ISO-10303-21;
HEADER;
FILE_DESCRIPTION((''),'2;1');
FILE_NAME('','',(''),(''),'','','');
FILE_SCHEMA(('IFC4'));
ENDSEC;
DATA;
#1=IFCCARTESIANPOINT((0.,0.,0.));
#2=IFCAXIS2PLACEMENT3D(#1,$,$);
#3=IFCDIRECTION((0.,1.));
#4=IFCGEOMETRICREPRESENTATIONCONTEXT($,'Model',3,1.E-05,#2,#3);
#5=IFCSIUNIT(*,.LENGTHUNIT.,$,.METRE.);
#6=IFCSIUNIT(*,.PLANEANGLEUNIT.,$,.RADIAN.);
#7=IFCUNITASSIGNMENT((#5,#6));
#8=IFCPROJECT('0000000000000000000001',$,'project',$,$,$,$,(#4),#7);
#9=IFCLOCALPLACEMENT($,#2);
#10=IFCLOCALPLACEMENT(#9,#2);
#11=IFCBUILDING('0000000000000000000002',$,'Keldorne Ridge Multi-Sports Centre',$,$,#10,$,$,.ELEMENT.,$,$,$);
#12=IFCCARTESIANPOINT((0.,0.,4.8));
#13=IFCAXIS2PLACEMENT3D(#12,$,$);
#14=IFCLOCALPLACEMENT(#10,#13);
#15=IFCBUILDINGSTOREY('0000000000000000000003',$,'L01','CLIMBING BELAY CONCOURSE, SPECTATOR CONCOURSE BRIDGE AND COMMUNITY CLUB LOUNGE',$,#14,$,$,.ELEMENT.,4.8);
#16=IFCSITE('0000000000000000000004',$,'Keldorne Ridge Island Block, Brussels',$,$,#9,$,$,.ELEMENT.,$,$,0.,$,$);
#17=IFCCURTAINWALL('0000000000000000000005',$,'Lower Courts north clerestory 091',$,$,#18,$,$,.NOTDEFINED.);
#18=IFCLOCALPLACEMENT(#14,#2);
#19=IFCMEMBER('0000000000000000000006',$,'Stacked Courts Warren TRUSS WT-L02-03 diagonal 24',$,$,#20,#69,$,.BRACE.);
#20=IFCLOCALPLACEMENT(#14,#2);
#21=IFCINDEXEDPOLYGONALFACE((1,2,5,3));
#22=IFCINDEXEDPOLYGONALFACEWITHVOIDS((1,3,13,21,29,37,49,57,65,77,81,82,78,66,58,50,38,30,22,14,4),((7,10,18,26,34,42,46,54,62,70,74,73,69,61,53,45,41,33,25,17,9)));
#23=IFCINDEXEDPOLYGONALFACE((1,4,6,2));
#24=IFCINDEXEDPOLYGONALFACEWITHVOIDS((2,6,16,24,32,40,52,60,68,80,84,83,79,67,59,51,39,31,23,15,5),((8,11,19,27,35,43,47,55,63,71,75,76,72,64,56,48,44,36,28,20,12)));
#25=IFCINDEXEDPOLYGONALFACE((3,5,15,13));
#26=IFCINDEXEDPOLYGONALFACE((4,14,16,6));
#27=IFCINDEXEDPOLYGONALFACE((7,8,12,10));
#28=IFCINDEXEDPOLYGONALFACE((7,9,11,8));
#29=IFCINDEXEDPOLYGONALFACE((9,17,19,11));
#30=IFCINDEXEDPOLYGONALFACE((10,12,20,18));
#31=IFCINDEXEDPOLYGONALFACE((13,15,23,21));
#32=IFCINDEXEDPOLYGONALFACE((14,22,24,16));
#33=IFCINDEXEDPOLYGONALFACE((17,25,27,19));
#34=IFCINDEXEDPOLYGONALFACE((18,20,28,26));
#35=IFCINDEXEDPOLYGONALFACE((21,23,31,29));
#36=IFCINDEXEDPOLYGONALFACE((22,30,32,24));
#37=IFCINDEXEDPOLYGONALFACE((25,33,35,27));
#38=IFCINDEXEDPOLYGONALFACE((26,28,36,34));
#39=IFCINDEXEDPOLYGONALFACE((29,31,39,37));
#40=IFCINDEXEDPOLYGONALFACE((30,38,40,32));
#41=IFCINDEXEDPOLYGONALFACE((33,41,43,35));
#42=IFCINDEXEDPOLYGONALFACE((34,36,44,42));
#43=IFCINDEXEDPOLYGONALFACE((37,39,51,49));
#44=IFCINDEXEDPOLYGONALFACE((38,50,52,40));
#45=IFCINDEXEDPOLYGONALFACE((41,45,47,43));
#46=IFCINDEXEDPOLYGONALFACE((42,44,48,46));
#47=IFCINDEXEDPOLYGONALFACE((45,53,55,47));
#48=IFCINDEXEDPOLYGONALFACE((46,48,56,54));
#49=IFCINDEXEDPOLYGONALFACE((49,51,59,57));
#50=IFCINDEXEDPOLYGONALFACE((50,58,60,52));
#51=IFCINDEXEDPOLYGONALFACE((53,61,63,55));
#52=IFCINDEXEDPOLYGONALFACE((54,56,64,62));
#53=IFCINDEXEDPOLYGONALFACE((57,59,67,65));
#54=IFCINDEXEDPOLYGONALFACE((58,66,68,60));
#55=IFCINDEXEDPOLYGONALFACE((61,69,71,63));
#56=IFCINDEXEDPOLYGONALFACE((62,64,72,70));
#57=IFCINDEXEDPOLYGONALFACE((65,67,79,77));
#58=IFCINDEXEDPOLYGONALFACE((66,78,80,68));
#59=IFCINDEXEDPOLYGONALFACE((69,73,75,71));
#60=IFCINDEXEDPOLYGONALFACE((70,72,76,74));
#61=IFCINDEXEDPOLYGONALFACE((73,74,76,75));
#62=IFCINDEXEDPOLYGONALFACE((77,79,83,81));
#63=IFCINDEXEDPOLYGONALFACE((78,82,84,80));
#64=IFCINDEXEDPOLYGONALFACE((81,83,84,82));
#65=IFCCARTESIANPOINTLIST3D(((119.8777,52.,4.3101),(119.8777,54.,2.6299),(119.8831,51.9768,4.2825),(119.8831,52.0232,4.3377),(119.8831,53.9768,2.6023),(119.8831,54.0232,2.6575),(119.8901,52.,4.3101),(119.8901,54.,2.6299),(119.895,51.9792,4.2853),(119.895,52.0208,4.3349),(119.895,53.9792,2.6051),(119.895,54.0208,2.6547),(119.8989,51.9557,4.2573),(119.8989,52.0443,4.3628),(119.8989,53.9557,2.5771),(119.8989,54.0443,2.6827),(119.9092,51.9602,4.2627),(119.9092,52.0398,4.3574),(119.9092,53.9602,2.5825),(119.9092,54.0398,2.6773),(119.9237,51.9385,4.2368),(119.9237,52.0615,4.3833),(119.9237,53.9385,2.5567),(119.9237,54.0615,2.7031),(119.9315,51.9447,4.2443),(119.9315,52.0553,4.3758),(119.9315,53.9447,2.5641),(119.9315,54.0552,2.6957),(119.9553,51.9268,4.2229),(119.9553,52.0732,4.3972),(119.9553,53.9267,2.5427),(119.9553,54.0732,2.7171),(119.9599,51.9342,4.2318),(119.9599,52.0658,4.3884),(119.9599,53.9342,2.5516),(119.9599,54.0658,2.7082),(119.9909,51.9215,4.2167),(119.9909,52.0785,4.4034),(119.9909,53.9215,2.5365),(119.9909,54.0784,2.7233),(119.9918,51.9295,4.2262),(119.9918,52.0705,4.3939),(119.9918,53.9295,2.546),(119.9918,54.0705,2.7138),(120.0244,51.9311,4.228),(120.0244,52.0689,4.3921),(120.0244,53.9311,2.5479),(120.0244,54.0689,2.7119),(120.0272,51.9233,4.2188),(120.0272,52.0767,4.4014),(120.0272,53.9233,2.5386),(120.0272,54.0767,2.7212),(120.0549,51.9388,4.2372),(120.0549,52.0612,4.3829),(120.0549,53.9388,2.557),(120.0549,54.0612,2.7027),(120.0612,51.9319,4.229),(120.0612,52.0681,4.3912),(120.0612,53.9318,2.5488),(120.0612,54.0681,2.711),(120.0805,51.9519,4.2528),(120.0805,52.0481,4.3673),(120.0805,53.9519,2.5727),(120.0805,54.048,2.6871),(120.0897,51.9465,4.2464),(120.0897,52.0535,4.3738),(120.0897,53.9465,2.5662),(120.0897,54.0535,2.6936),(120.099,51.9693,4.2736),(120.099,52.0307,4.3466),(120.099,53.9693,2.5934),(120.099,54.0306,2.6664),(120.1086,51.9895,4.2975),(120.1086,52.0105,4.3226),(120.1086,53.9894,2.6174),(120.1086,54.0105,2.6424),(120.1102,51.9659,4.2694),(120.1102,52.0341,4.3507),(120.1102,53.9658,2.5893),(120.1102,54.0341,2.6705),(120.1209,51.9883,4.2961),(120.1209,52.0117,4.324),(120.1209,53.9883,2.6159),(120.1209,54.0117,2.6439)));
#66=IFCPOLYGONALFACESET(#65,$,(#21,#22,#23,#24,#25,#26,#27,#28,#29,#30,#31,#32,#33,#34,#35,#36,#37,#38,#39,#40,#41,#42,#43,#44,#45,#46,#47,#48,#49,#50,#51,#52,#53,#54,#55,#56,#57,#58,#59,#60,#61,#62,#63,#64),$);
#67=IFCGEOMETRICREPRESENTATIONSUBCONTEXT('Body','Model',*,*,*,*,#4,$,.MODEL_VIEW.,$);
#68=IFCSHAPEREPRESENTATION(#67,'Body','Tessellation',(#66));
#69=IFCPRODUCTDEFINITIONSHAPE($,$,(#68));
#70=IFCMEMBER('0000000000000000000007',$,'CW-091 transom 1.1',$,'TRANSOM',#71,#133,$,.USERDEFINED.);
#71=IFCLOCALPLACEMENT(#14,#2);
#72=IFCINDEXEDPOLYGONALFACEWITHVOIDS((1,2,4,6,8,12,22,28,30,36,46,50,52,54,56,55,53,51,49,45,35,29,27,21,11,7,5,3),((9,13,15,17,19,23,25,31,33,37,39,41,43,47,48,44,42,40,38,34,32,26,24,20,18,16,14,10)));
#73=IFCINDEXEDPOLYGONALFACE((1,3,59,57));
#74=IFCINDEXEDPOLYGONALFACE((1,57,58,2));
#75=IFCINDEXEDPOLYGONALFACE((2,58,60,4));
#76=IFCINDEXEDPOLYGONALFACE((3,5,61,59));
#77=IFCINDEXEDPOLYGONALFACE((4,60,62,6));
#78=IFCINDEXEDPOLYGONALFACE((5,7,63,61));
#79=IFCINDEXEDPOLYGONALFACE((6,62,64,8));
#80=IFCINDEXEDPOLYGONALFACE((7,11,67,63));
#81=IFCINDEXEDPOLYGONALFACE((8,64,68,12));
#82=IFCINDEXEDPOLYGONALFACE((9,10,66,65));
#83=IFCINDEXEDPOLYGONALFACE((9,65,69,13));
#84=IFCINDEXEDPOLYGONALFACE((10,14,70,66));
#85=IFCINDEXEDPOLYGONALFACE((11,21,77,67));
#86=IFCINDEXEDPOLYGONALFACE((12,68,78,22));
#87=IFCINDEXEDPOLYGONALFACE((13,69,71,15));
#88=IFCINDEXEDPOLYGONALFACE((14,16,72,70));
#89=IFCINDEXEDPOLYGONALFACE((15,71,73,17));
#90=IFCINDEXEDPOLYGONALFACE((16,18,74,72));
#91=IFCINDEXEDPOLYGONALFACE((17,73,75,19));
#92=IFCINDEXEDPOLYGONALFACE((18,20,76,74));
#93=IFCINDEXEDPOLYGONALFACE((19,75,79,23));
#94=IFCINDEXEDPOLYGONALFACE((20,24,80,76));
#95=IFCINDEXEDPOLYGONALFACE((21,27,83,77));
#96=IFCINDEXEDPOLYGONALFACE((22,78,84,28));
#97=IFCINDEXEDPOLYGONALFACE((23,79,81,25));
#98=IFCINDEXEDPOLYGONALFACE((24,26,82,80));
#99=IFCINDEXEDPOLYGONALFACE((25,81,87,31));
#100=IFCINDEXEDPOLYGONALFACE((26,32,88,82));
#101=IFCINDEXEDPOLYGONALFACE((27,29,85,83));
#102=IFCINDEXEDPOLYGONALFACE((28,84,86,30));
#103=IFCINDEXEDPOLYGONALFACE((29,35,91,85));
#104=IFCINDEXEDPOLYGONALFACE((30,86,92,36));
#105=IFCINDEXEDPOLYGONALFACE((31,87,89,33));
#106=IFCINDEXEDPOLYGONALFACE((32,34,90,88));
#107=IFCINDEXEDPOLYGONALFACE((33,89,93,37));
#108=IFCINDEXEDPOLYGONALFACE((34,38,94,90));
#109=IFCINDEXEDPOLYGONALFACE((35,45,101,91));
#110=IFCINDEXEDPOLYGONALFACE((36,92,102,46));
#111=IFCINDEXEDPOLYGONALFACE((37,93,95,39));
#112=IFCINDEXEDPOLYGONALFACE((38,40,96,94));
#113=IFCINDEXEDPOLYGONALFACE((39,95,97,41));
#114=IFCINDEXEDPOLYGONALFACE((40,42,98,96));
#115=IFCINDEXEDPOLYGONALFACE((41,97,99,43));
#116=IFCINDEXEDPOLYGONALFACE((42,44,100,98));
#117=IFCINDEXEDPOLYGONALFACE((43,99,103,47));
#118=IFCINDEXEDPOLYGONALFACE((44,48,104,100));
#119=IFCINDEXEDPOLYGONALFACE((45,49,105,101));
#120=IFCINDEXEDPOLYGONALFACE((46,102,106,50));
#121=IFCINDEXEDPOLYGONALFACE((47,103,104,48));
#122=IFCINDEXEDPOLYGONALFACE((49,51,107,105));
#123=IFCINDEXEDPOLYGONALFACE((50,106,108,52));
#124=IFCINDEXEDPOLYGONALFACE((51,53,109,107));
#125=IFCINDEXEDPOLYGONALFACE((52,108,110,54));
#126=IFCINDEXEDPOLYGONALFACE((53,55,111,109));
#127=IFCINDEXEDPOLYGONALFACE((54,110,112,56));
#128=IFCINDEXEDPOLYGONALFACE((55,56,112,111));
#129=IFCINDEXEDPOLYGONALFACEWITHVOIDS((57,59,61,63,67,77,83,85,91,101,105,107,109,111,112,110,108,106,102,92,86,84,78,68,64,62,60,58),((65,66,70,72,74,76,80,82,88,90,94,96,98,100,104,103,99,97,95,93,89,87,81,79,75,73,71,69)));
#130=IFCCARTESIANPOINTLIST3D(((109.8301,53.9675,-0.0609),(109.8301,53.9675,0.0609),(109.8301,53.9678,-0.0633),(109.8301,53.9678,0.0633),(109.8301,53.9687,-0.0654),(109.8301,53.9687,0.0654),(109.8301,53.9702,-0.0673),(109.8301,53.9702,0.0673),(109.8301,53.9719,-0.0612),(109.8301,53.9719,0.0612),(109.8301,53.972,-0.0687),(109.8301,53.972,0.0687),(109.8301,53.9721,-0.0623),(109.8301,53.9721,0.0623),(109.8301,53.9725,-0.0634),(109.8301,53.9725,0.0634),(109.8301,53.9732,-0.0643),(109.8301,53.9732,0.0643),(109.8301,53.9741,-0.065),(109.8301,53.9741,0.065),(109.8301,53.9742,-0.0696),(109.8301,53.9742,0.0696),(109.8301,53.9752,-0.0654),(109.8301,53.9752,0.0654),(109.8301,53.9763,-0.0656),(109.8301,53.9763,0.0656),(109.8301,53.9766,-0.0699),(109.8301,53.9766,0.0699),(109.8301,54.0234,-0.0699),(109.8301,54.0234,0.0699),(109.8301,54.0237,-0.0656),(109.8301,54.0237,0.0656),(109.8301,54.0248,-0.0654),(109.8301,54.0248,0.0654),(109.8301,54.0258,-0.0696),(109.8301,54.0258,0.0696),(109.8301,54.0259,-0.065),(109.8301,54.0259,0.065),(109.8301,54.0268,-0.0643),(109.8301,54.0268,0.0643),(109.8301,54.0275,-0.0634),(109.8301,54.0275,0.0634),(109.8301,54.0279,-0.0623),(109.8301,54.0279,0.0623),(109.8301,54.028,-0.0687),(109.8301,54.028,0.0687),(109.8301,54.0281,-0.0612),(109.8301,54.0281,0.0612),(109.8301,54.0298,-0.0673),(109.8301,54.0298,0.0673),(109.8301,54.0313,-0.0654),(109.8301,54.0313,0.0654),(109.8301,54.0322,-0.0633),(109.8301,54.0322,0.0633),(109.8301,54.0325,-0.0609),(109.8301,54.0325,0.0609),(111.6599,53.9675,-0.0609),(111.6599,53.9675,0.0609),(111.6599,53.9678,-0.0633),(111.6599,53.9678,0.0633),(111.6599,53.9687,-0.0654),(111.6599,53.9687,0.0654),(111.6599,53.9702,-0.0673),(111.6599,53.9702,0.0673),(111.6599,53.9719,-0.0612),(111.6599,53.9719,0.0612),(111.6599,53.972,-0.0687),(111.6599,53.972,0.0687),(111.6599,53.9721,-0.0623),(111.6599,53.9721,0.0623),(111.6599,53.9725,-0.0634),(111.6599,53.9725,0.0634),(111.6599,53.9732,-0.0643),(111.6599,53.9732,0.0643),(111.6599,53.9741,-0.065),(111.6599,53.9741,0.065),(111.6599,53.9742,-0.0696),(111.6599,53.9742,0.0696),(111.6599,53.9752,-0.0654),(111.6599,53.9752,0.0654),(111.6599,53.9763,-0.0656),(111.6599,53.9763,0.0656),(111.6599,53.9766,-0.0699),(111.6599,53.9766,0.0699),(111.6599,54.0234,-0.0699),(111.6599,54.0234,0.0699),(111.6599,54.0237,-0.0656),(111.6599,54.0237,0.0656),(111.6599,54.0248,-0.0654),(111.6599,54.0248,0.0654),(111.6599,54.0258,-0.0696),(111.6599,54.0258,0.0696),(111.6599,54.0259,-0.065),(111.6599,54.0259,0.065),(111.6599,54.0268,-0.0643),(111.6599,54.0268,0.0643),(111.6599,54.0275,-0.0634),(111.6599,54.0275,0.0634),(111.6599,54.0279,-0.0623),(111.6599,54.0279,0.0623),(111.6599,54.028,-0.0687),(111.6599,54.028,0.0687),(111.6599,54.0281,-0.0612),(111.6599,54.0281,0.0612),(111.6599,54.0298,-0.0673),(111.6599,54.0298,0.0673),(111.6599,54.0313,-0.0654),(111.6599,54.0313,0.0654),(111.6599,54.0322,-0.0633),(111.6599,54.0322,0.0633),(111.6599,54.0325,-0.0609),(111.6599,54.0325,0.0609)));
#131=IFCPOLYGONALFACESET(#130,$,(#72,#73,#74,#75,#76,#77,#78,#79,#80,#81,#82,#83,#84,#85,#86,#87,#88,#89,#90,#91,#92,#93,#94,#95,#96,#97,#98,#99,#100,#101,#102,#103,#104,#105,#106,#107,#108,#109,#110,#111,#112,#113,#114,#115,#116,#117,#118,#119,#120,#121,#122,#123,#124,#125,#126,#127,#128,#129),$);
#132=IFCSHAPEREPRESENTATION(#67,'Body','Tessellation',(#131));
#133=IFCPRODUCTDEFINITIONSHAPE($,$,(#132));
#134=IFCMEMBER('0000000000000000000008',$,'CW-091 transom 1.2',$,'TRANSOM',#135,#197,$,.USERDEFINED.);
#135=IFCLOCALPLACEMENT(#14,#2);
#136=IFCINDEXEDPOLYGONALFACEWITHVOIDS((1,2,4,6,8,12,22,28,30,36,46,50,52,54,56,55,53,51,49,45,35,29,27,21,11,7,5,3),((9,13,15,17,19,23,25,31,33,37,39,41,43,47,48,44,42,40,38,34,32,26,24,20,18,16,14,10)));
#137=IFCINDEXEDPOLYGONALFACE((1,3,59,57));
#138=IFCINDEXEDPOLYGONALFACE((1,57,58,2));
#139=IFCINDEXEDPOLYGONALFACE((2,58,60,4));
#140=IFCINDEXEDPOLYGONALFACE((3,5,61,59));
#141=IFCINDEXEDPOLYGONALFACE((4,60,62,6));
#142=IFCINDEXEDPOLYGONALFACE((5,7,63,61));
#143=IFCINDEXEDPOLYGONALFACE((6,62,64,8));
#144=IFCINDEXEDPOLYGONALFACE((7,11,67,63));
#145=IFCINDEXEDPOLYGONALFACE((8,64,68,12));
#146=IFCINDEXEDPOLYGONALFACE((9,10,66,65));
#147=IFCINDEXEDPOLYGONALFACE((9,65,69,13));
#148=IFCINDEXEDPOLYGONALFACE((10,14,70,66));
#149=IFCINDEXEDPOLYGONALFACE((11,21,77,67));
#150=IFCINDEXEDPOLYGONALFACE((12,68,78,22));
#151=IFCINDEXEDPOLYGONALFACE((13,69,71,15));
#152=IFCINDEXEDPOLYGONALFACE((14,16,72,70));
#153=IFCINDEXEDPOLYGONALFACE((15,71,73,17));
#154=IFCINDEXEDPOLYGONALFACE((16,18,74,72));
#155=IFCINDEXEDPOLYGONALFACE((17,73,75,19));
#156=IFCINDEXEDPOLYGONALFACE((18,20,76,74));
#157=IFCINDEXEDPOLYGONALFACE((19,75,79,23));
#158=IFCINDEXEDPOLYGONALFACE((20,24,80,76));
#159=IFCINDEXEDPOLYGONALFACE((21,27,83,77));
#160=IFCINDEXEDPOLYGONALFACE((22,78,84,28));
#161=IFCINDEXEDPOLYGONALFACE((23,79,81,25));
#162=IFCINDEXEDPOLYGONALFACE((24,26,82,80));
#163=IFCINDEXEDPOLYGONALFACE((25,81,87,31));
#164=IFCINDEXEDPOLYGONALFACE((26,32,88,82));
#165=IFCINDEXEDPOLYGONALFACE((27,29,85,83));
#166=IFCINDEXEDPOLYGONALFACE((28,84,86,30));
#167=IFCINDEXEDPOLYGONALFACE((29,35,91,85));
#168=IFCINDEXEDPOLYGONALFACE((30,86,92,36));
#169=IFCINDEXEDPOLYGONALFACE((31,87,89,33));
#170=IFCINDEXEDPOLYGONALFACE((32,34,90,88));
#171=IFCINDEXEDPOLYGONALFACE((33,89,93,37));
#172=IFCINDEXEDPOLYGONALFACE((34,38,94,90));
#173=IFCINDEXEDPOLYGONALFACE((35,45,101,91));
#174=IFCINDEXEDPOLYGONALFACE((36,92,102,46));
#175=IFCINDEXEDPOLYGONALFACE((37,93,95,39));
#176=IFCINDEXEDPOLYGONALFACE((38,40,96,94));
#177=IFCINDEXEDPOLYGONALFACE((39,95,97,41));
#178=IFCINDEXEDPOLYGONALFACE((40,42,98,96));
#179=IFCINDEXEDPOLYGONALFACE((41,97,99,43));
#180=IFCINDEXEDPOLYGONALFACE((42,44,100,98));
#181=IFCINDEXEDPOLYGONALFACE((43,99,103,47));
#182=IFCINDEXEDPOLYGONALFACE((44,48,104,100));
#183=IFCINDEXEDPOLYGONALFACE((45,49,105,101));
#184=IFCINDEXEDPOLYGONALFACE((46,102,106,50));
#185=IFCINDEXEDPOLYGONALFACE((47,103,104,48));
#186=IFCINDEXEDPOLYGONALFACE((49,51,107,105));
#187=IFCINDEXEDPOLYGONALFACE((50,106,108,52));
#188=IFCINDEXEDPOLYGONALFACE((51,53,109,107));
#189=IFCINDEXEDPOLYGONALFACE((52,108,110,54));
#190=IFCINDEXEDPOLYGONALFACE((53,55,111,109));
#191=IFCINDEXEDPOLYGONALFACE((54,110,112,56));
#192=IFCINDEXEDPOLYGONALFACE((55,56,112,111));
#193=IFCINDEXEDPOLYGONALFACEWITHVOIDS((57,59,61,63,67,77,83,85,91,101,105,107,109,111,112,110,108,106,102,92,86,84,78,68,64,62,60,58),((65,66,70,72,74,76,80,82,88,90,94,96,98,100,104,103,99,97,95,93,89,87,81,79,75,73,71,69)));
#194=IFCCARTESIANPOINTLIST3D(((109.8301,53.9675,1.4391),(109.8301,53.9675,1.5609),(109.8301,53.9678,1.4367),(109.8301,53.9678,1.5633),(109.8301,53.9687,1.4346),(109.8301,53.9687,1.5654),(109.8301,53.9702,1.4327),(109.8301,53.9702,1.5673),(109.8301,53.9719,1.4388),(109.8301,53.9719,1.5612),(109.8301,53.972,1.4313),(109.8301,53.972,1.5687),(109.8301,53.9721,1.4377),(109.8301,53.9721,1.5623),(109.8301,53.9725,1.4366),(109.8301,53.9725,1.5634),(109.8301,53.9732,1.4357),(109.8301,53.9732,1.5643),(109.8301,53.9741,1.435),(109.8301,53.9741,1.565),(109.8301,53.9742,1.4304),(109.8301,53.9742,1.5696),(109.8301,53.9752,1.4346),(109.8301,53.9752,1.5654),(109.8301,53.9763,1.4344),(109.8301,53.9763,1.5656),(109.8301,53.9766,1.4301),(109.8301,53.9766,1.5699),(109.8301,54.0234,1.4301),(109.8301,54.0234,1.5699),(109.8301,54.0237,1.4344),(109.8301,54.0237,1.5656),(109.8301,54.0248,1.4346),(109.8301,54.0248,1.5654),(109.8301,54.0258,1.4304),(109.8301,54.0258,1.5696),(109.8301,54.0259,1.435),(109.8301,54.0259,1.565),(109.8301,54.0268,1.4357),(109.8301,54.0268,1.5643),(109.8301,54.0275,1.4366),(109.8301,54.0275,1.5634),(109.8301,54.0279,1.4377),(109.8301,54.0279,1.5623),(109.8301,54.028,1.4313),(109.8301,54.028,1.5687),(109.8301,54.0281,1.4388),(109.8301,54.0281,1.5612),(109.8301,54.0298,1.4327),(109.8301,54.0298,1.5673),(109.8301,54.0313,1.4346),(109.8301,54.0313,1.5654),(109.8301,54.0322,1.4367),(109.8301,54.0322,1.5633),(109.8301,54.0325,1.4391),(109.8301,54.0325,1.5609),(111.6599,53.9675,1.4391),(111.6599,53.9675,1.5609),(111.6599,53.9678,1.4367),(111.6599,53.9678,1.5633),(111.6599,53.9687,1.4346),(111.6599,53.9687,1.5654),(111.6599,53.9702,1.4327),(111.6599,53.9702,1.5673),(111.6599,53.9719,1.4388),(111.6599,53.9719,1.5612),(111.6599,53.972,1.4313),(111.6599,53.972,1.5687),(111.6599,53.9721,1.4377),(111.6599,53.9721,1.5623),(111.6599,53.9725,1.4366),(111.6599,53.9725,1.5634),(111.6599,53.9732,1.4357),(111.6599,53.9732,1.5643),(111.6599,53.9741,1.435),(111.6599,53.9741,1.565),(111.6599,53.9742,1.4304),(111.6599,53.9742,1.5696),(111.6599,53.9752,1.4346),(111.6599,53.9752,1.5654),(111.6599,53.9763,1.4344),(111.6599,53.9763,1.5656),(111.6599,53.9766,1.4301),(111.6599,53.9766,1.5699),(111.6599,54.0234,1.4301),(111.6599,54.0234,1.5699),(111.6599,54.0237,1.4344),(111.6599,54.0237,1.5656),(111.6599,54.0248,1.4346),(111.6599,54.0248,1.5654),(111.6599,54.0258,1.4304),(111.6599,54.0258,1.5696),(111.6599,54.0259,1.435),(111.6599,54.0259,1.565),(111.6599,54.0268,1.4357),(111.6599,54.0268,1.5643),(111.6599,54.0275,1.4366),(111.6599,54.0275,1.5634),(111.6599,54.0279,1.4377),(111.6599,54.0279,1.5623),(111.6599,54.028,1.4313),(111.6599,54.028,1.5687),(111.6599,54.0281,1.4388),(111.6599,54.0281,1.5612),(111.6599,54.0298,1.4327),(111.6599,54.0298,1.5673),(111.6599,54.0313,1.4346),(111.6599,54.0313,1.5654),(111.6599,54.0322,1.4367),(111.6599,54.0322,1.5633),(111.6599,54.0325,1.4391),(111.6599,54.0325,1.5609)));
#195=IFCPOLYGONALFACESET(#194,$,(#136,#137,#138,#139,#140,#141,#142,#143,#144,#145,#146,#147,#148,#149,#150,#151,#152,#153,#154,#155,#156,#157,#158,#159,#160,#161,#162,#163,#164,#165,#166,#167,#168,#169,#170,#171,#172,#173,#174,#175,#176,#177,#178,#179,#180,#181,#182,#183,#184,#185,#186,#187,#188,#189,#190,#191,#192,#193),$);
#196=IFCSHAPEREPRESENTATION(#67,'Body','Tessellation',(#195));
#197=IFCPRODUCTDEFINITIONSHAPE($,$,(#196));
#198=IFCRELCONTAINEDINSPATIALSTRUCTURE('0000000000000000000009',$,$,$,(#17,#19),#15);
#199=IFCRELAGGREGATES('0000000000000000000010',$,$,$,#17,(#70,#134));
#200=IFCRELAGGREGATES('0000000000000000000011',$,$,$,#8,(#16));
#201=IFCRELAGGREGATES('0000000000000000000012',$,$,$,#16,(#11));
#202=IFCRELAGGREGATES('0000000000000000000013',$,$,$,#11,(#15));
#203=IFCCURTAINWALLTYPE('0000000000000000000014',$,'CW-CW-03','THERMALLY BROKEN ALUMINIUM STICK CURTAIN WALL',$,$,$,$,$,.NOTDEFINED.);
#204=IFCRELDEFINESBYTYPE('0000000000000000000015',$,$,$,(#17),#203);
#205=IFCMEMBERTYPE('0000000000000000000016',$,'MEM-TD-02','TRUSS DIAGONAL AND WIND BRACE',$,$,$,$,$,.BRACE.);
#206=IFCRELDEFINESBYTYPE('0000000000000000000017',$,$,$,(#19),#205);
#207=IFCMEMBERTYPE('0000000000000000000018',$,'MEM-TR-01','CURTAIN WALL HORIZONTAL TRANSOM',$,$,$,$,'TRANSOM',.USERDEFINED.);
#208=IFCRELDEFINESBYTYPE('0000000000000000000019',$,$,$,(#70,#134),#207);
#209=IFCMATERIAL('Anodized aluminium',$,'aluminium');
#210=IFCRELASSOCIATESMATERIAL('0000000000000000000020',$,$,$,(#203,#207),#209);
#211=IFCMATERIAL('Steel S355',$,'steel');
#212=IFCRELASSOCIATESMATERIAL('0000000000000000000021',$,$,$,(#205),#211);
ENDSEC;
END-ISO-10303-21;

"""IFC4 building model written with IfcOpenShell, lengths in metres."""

from ifc_helpers import new_model, si_unit, direction, frame, origin, origin_2d, place, context, subcontext, project, spatial, hollow_rectangle, hollow_circle, extrude, material, material_profile, profile_set, type_object, element, aggregate, save


model = new_model("IFC4")

# Units and contexts
model_context = context("Model", 3, precision=1e-05, world=origin(), true_north=direction((0.0, 1.0)))
body_context = subcontext(model_context, "Body", "Model", "MODEL_VIEW")
ifc_project = project(units=[si_unit("LENGTHUNIT", "METRE"), si_unit("PLANEANGLEUNIT", "RADIAN")], contexts=[model_context])

# Site, building, storey
site_placement = place(None, origin())
site = spatial("IfcSite", under=ifc_project, at=site_placement, Name="Keldorne Ridge Island Block, Brussels", CompositionType="ELEMENT", RefElevation=0.0)
building_placement = place(site_placement, origin())
building = spatial("IfcBuilding", under=site, at=building_placement, Name="Keldorne Ridge Multi-Sports Centre", CompositionType="ELEMENT")
storey_placement = place(building_placement, frame((0.0, 0.0, 4.8)))
storey = spatial("IfcBuildingStorey", under=building, at=storey_placement, Name="L01", Description="CLIMBING BELAY CONCOURSE, SPECTATOR CONCOURSE BRIDGE AND COMMUNITY CLUB LOUNGE", CompositionType="ELEMENT", Elevation=4.8)

# Shared definitions
ifc_material_1 = material(Name="Steel S355", Category="steel")

# Curtain wall
ifc_material_2 = material(Name="Anodized aluminium", Category="aluminium")
curtain_wall_type = type_object("IfcCurtainWallType", Name="CW-CW-03", Description="THERMALLY BROKEN ALUMINIUM STICK CURTAIN WALL", PredefinedType="NOTDEFINED", material=ifc_material_2)
curtain_wall_placement = place(storey_placement, origin())
curtain_wall = element("IfcCurtainWall", 1, at=curtain_wall_placement, inside=storey, type_object=curtain_wall_type, Name="Lower Courts north clerestory 091", PredefinedType="NOTDEFINED")

# Member
ifc_material_profile_1 = material_profile(ifc_material_1, hollow_circle(Radius=0.1223, WallThickness=0.0125, at=origin_2d()), Name="CHS 244.5x12.5")
ifc_profile_set_1 = profile_set([ifc_material_profile_1], Name="Steel S355")
member_type_1 = type_object("IfcMemberType", Name="MEM-TD-02", Description="TRUSS DIAGONAL AND WIND BRACE", PredefinedType="BRACE", material=ifc_profile_set_1)
for number, where, z_axis, x_axis, name in (
    (2, (120.0, 52.0, 4.3101), (0.0, 0.765672, -0.643232), (-1.0, 0.0, 0.0), "Stacked Courts Warren TRUSS WT-L02-03 diagonal 24"),
):
    element("IfcMember", number, at=place(storey_placement, frame(where, z_axis=z_axis, x_axis=x_axis)), inside=storey, type_object=member_type_1, Name=name, PredefinedType="BRACE", context=body_context, shape_type="SweptSolid", body=[
        extrude(hollow_circle(Radius=0.1223, WallThickness=0.0125, at=origin_2d()), origin(), (0.0, 0.0, 1.0), 2.6121),
    ])

# Members
ifc_material_profile_2 = material_profile(ifc_material_2, hollow_rectangle(XDim=0.0649, YDim=0.1399, WallThickness=0.0044, InnerFilletRadius=0.0044, OuterFilletRadius=0.009, at=origin_2d()), Name="ALU TRANSOM 140x65x4.5")
ifc_profile_set_2 = profile_set([ifc_material_profile_2], Name="Anodized aluminium")
member_type_2 = type_object("IfcMemberType", Name="MEM-TR-01", Description="CURTAIN WALL HORIZONTAL TRANSOM", ElementType="TRANSOM", PredefinedType="USERDEFINED", material=ifc_profile_set_2)
member_1_placement = place(storey_placement, frame((111.6599, 54.0, 0.0), z_axis=(-1.0, 0.0, 0.0), x_axis=(0.0, -1.0, 0.0)))
member_1 = element("IfcMember", 3, at=member_1_placement, type_object=member_type_2, Name="CW-091 transom 1.1", ObjectType="TRANSOM", PredefinedType="USERDEFINED", context=body_context, shape_type="SweptSolid", body=[
    extrude(hollow_rectangle(XDim=0.0649, YDim=0.1399, WallThickness=0.0044, InnerFilletRadius=0.0044, OuterFilletRadius=0.009, at=origin_2d()), origin(), (0.0, 0.0, 1.0), 1.8298),
])
member_2_placement = place(storey_placement, frame((111.6599, 54.0, 1.5), z_axis=(-1.0, 0.0, 0.0), x_axis=(0.0, -1.0, 0.0)))
member_2 = element("IfcMember", 4, at=member_2_placement, type_object=member_type_2, Name="CW-091 transom 1.2", ObjectType="TRANSOM", PredefinedType="USERDEFINED", context=body_context, shape_type="SweptSolid", body=[
    extrude(hollow_rectangle(XDim=0.0649, YDim=0.1399, WallThickness=0.0044, InnerFilletRadius=0.0044, OuterFilletRadius=0.009, at=origin_2d()), origin(), (0.0, 0.0, 1.0), 1.8298),
])

aggregate(curtain_wall, [member_1, member_2])

save(model, "model.ifc")
